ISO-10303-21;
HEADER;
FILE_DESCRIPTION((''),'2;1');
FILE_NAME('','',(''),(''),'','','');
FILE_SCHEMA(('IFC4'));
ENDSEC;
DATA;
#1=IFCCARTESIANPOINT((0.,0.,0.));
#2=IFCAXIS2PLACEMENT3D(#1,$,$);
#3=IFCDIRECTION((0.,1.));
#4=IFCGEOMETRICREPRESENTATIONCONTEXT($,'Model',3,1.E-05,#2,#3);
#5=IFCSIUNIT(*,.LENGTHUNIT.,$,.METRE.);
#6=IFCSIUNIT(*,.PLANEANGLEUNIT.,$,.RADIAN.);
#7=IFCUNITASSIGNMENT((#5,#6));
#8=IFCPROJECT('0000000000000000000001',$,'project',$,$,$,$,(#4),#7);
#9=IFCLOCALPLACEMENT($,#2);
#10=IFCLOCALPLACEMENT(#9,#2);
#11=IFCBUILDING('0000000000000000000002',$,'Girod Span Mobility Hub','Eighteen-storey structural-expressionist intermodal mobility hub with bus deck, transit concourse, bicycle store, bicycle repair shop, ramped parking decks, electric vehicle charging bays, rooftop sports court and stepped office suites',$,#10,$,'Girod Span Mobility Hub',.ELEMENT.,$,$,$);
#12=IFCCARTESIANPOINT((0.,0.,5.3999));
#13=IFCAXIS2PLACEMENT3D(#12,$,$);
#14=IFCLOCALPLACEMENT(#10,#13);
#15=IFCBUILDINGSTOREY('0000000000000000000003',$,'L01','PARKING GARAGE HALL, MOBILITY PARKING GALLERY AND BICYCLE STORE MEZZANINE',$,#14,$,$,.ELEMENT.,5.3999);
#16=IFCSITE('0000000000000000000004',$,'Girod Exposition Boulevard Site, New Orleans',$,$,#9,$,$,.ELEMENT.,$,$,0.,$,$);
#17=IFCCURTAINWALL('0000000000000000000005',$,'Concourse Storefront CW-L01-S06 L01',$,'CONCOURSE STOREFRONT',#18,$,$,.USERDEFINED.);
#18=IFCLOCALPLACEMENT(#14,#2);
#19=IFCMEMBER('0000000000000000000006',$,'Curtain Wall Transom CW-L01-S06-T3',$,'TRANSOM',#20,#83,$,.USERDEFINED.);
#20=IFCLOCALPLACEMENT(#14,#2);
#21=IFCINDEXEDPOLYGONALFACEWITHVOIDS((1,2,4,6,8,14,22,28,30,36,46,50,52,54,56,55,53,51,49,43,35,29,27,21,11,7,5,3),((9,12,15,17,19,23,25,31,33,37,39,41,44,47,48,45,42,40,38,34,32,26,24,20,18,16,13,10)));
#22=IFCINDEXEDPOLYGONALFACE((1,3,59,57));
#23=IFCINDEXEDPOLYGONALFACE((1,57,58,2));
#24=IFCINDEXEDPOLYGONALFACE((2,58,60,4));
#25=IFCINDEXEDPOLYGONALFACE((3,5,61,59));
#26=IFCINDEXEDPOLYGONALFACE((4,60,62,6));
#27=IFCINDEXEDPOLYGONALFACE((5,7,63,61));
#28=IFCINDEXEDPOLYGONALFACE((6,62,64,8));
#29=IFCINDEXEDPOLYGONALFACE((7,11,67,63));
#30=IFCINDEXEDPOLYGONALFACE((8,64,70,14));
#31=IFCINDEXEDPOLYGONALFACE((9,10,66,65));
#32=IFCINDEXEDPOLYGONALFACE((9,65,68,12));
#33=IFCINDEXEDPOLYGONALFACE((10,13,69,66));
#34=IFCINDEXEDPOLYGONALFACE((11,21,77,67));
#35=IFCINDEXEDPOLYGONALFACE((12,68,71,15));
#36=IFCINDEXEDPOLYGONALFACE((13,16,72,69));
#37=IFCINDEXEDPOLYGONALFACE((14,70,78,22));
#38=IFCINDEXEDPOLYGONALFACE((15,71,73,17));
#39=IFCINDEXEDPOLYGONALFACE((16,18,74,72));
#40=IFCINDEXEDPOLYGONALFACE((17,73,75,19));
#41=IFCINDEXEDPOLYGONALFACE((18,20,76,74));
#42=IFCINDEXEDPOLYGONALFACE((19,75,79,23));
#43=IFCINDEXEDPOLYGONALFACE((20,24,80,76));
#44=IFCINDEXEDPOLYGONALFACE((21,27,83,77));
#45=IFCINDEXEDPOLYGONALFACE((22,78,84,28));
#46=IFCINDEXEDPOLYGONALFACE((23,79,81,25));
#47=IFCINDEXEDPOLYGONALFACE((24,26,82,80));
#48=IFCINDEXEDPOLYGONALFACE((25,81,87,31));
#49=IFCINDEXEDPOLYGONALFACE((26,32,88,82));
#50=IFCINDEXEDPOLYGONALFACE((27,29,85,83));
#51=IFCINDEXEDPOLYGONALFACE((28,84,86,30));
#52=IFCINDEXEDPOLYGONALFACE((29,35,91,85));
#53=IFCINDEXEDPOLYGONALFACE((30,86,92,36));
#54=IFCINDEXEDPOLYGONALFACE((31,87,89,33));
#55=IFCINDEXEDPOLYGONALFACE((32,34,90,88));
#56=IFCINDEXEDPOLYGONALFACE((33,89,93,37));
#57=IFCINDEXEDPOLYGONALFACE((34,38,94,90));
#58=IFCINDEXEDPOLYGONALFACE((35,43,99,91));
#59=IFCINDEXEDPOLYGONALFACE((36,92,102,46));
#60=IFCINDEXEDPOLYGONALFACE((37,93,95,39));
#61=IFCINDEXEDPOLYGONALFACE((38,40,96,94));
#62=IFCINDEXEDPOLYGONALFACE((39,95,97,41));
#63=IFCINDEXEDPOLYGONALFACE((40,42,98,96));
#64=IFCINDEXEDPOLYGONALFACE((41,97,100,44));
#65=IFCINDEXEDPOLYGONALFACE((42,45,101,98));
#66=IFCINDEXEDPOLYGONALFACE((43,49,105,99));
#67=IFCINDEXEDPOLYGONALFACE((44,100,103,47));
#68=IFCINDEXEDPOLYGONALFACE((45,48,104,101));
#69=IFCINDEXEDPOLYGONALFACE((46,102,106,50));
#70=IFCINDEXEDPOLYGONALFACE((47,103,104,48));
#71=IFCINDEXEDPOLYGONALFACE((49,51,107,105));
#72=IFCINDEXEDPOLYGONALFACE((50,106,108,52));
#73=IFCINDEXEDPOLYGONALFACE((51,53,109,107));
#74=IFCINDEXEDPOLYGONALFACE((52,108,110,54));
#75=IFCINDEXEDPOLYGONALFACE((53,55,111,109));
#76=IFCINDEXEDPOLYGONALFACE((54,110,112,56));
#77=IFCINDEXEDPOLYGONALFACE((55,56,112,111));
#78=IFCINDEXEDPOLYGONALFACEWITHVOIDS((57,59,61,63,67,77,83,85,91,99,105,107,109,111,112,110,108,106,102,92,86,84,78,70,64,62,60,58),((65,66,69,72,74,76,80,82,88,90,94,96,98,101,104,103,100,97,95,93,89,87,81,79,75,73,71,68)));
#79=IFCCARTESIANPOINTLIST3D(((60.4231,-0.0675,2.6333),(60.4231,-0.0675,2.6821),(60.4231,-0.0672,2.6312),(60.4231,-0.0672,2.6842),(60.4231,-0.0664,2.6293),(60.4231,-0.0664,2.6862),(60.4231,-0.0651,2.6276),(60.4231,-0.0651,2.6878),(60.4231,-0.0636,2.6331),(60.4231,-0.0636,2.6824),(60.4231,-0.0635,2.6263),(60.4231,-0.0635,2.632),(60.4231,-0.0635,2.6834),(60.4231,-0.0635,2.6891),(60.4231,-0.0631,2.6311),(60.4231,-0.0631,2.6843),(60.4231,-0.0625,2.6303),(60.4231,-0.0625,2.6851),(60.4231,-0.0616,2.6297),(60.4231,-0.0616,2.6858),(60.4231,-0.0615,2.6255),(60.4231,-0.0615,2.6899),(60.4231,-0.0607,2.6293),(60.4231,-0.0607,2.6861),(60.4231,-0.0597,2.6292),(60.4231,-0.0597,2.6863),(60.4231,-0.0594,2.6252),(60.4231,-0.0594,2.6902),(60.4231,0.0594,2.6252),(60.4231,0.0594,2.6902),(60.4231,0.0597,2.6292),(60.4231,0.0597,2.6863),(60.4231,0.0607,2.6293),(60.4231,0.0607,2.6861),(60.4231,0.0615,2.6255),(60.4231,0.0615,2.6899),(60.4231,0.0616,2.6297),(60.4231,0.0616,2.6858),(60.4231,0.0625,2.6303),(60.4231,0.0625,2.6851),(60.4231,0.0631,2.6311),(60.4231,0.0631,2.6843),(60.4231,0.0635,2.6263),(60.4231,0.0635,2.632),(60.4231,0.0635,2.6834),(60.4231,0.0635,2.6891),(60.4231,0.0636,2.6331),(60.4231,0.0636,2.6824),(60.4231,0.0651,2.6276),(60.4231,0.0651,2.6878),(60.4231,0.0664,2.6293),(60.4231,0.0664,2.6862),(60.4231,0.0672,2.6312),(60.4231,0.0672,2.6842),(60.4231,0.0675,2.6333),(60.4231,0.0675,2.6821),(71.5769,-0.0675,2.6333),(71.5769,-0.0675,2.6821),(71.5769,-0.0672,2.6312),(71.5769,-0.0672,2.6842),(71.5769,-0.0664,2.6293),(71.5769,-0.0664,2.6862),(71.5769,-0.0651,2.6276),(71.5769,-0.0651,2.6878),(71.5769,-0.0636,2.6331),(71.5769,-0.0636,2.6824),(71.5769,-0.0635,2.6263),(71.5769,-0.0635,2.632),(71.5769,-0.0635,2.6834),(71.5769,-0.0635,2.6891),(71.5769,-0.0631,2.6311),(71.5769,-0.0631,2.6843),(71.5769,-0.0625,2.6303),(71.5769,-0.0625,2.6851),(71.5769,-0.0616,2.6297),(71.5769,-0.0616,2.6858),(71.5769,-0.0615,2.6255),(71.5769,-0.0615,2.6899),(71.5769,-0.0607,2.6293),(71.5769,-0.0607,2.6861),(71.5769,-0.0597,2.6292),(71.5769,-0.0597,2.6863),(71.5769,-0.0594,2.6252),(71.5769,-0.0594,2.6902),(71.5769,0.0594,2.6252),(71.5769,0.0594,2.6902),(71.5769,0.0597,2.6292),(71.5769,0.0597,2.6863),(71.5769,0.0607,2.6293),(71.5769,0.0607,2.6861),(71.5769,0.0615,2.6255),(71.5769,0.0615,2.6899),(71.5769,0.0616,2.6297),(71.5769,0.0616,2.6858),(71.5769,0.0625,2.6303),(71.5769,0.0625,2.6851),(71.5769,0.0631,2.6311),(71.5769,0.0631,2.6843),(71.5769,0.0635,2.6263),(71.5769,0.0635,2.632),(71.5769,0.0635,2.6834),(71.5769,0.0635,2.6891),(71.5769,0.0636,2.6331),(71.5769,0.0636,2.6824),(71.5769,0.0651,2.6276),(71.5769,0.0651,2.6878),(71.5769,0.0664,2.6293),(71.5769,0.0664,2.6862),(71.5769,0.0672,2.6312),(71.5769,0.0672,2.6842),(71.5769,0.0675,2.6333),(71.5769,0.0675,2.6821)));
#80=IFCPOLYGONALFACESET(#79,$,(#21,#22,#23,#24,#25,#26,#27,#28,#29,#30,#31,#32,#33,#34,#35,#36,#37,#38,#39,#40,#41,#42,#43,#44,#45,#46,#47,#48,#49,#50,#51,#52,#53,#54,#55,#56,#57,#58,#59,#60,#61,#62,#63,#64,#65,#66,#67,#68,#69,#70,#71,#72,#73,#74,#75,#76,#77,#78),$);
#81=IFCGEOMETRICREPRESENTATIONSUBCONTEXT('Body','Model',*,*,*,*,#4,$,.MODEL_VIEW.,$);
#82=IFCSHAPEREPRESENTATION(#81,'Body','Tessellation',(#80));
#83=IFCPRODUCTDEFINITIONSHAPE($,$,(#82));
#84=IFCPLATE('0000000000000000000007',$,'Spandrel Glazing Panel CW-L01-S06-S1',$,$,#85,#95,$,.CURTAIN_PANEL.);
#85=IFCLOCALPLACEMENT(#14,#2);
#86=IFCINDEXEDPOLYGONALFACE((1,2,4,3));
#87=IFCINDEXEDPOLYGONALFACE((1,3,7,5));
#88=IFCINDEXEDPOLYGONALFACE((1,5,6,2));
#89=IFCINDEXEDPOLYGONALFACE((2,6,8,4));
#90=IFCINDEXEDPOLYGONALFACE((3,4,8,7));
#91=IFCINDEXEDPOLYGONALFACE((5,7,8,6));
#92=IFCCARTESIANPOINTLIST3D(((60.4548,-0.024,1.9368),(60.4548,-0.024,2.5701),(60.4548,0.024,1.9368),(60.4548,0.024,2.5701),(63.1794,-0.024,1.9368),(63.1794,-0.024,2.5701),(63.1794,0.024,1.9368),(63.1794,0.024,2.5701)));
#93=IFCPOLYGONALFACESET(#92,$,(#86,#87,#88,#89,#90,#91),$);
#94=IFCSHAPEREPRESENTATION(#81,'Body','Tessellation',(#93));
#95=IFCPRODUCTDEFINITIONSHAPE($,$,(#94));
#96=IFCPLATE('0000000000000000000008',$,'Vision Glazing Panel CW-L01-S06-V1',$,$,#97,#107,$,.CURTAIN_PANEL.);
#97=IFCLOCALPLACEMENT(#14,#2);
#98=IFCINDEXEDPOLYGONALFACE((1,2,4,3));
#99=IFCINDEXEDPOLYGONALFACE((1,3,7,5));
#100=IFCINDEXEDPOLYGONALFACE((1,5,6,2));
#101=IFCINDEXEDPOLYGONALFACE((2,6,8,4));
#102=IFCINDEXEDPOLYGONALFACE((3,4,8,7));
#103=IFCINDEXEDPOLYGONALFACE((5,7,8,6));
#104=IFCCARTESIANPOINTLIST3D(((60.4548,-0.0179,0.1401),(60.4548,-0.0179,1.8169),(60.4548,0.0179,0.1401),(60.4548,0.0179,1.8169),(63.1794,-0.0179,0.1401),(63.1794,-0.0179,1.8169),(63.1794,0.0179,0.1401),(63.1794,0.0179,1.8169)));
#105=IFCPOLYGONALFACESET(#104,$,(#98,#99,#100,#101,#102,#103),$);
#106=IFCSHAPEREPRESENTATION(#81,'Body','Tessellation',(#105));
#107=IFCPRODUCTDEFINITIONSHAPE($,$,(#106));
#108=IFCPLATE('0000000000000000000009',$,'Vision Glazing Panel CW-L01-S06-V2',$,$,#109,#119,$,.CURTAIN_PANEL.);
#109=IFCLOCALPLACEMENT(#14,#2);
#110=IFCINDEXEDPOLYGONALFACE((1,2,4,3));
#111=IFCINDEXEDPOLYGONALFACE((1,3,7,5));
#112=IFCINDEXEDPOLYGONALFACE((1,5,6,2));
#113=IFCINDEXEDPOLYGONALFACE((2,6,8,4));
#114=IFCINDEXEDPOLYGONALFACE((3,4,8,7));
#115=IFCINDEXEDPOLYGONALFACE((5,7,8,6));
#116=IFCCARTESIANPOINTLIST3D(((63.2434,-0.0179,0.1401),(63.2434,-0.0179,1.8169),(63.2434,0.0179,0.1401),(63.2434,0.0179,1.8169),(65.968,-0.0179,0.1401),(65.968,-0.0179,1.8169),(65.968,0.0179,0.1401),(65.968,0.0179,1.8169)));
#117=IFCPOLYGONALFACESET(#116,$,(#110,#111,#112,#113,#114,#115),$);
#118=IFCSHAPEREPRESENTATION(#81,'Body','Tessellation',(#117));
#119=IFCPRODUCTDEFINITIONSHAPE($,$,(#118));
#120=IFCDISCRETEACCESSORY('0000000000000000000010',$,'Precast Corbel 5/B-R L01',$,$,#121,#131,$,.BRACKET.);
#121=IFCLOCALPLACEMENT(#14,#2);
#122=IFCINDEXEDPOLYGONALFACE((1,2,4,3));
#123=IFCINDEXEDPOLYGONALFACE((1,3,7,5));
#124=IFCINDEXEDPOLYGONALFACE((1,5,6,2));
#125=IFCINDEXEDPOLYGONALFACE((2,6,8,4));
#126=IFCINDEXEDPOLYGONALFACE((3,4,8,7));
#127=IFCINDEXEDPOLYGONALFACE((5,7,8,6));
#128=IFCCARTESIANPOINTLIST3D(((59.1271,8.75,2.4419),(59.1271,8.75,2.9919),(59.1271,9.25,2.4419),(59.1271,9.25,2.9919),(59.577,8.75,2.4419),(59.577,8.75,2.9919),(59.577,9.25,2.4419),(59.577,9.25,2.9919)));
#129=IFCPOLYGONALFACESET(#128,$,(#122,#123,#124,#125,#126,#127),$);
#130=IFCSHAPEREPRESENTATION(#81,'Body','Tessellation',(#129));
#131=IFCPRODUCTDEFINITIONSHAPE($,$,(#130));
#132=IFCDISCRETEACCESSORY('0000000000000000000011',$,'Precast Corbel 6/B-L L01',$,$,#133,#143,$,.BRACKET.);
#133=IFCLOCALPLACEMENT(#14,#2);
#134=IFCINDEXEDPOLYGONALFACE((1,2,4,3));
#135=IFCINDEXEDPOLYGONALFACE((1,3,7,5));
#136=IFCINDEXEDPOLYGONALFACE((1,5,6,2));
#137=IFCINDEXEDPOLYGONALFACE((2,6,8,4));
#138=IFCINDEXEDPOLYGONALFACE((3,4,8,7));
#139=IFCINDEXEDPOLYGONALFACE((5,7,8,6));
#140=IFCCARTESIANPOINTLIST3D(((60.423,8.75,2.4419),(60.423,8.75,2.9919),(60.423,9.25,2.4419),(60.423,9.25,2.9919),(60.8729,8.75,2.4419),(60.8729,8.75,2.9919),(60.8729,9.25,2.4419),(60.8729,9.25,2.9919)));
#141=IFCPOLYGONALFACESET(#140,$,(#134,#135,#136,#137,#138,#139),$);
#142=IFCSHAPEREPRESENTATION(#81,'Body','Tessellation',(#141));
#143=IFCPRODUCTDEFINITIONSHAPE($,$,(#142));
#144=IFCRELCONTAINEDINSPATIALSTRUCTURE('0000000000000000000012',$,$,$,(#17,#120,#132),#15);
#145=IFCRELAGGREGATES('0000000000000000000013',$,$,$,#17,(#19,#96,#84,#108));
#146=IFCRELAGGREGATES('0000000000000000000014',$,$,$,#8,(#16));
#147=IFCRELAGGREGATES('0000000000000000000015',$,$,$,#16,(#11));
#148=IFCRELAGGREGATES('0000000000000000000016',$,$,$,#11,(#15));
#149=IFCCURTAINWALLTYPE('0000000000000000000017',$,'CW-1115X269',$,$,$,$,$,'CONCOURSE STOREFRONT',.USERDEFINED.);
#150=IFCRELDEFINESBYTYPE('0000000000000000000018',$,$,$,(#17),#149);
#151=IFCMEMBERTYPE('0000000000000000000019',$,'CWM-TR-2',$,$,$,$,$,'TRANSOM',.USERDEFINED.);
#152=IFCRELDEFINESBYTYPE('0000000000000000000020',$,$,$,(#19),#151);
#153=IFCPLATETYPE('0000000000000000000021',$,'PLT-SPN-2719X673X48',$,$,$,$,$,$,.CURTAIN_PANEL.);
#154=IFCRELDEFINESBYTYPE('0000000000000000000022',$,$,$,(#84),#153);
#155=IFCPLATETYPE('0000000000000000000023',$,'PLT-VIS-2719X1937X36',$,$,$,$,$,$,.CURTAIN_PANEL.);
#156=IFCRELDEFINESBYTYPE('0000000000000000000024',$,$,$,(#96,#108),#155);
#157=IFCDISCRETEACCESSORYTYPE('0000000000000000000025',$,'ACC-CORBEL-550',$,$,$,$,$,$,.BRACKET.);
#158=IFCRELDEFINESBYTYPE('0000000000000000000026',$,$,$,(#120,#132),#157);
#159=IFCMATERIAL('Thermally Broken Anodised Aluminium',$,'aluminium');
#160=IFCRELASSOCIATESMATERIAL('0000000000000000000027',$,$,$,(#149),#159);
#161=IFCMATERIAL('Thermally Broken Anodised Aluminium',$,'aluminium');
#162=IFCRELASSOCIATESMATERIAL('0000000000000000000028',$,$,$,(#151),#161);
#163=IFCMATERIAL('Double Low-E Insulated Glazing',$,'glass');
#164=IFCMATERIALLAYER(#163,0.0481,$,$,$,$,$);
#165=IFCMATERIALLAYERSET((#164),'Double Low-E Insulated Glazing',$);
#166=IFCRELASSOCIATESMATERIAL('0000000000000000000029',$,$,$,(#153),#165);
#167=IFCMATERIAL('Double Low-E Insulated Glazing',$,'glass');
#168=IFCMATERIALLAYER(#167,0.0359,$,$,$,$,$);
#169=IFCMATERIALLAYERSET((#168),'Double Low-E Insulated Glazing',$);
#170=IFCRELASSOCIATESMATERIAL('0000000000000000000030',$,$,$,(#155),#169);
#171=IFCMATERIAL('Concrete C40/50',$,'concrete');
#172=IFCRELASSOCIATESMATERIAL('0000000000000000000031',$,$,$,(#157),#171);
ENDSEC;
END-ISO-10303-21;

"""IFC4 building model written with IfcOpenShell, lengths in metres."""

from ifc_helpers import new_model, si_unit, direction, frame, origin, origin_2d, place, context, subcontext, project, spatial, rectangle, hollow_rectangle, extrude, material, layer, layer_set, material_profile, profile_set, type_object, element, aggregate, save


model = new_model("IFC4")

# Units and contexts
model_context = context("Model", 3, precision=1e-05, world=origin(), true_north=direction((0.0, 1.0)))
body_context = subcontext(model_context, "Body", "Model", "MODEL_VIEW")
ifc_project = project(units=[si_unit("LENGTHUNIT", "METRE"), si_unit("PLANEANGLEUNIT", "RADIAN")], contexts=[model_context])

# Site, building, storey
site_placement = place(None, origin())
site = spatial("IfcSite", under=ifc_project, at=site_placement, Name="Girod Exposition Boulevard Site, New Orleans", CompositionType="ELEMENT", RefElevation=0.0)
building_placement = place(site_placement, origin())
building = spatial("IfcBuilding", under=site, at=building_placement, Name="Girod Span Mobility Hub", Description="Eighteen-storey structural-expressionist intermodal mobility hub with bus deck, transit concourse, bicycle store, bicycle repair shop, ramped parking decks, electric vehicle charging bays, rooftop sports court and stepped office suites", LongName="Girod Span Mobility Hub", CompositionType="ELEMENT")
storey_placement = place(building_placement, frame((0.0, 0.0, 5.3999)))
storey = spatial("IfcBuildingStorey", under=building, at=storey_placement, Name="L01", Description="PARKING GARAGE HALL, MOBILITY PARKING GALLERY AND BICYCLE STORE MEZZANINE", CompositionType="ELEMENT", Elevation=5.3999)

# Curtain wall, member, plates
ifc_material_1 = material(Name="Thermally Broken Anodised Aluminium", Category="aluminium")
curtain_wall_type = type_object("IfcCurtainWallType", Name="CW-1115X269", ElementType="CONCOURSE STOREFRONT", PredefinedType="USERDEFINED", material=ifc_material_1)
curtain_wall_placement = place(storey_placement, origin())
curtain_wall = element("IfcCurtainWall", 1, at=curtain_wall_placement, inside=storey, type_object=curtain_wall_type, Name="Concourse Storefront CW-L01-S06 L01", ObjectType="CONCOURSE STOREFRONT", PredefinedType="USERDEFINED")
ifc_material_2 = material(Name="Thermally Broken Anodised Aluminium", Category="aluminium")
ifc_material_profile_1 = material_profile(ifc_material_2, hollow_rectangle(XDim=0.135, YDim=0.0649, WallThickness=0.0039, InnerFilletRadius=0.0039, OuterFilletRadius=0.0081, at=origin_2d()), Name="CW-TR-65X135")
ifc_profile_set_1 = profile_set([ifc_material_profile_1], Name="Thermally Broken Anodised Aluminium")
member_type_1 = type_object("IfcMemberType", Name="CWM-TR-2", ElementType="TRANSOM", PredefinedType="USERDEFINED", material=ifc_profile_set_1)
member_1_placement = place(storey_placement, frame((60.4231, 0.0, 2.6577), z_axis=(1.0, 0.0, 0.0), x_axis=(0.0, 1.0, 0.0)))
member_1 = element("IfcMember", 2, at=member_1_placement, type_object=member_type_1, Name="Curtain Wall Transom CW-L01-S06-T3", ObjectType="TRANSOM", PredefinedType="USERDEFINED", context=body_context, shape_type="SweptSolid", body=[
    extrude(hollow_rectangle(XDim=0.135, YDim=0.0649, WallThickness=0.0039, InnerFilletRadius=0.0039, OuterFilletRadius=0.0081, at=origin_2d()), origin(), (0.0, 0.0, 1.0), 11.1538),
])
ifc_material_3 = material(Name="Double Low-E Insulated Glazing", Category="glass")
ifc_layer_1 = layer(ifc_material_3, 0.0481)
ifc_layer_set_1 = layer_set([ifc_layer_1], Name="Double Low-E Insulated Glazing")
plate_type_1 = type_object("IfcPlateType", Name="PLT-SPN-2719X673X48", PredefinedType="CURTAIN_PANEL", material=ifc_layer_set_1)
plate_1_placement = place(storey_placement, frame((61.8171, 0.0, 1.9368), z_axis=(0.0, 0.0, 1.0), x_axis=(1.0, 0.0, 0.0)))
plate_1 = element("IfcPlate", 3, at=plate_1_placement, type_object=plate_type_1, Name="Spandrel Glazing Panel CW-L01-S06-S1", PredefinedType="CURTAIN_PANEL", context=body_context, shape_type="SweptSolid", body=[
    extrude(rectangle(XDim=2.7246, YDim=0.0481, at=origin_2d()), origin(), (0.0, 0.0, 1.0), 0.6333),
])
ifc_material_4 = material(Name="Double Low-E Insulated Glazing", Category="glass")
ifc_layer_2 = layer(ifc_material_4, 0.0359)
ifc_layer_set_2 = layer_set([ifc_layer_2], Name="Double Low-E Insulated Glazing")
plate_type_2 = type_object("IfcPlateType", Name="PLT-VIS-2719X1937X36", PredefinedType="CURTAIN_PANEL", material=ifc_layer_set_2)
plate_2_placement = place(storey_placement, frame((61.8171, 0.0, 0.1401), z_axis=(0.0, 0.0, 1.0), x_axis=(1.0, 0.0, 0.0)))
plate_2 = element("IfcPlate", 4, at=plate_2_placement, type_object=plate_type_2, Name="Vision Glazing Panel CW-L01-S06-V1", PredefinedType="CURTAIN_PANEL", context=body_context, shape_type="SweptSolid", body=[
    extrude(rectangle(XDim=2.7246, YDim=0.0359, at=origin_2d()), origin(), (0.0, 0.0, 1.0), 1.6768),
])
plate_3_placement = place(storey_placement, frame((64.6057, 0.0, 0.1401), z_axis=(0.0, 0.0, 1.0), x_axis=(1.0, 0.0, 0.0)))
plate_3 = element("IfcPlate", 5, at=plate_3_placement, type_object=plate_type_2, Name="Vision Glazing Panel CW-L01-S06-V2", PredefinedType="CURTAIN_PANEL", context=body_context, shape_type="SweptSolid", body=[
    extrude(rectangle(XDim=2.7246, YDim=0.0359, at=origin_2d()), origin(), (0.0, 0.0, 1.0), 1.6768),
])
aggregate(curtain_wall, [member_1, plate_2, plate_1, plate_3])

# Discrete accessories
ifc_material_5 = material(Name="Concrete C40/50", Category="concrete")
discrete_accessory_type = type_object("IfcDiscreteAccessoryType", Name="ACC-CORBEL-550", PredefinedType="BRACKET", material=ifc_material_5)
for number, where, z_axis, x_axis, name in (
    (6, (59.3521, 9.0, 2.4419), (0.0, 0.0, 1.0), (1.0, 0.0, 0.0), "Precast Corbel 5/B-R L01"),
    (7, (60.6479, 9.0, 2.4419), (0.0, 0.0, 1.0), (1.0, 0.0, 0.0), "Precast Corbel 6/B-L L01"),
):
    element("IfcDiscreteAccessory", number, at=place(storey_placement, frame(where, z_axis=z_axis, x_axis=x_axis)), inside=storey, type_object=discrete_accessory_type, Name=name, PredefinedType="BRACKET", context=body_context, shape_type="SweptSolid", body=[
        extrude(rectangle(XDim=0.45, YDim=0.5, at=origin_2d()), origin(), (0.0, 0.0, 1.0), 0.55),
    ])

save(model, "model.ifc")
